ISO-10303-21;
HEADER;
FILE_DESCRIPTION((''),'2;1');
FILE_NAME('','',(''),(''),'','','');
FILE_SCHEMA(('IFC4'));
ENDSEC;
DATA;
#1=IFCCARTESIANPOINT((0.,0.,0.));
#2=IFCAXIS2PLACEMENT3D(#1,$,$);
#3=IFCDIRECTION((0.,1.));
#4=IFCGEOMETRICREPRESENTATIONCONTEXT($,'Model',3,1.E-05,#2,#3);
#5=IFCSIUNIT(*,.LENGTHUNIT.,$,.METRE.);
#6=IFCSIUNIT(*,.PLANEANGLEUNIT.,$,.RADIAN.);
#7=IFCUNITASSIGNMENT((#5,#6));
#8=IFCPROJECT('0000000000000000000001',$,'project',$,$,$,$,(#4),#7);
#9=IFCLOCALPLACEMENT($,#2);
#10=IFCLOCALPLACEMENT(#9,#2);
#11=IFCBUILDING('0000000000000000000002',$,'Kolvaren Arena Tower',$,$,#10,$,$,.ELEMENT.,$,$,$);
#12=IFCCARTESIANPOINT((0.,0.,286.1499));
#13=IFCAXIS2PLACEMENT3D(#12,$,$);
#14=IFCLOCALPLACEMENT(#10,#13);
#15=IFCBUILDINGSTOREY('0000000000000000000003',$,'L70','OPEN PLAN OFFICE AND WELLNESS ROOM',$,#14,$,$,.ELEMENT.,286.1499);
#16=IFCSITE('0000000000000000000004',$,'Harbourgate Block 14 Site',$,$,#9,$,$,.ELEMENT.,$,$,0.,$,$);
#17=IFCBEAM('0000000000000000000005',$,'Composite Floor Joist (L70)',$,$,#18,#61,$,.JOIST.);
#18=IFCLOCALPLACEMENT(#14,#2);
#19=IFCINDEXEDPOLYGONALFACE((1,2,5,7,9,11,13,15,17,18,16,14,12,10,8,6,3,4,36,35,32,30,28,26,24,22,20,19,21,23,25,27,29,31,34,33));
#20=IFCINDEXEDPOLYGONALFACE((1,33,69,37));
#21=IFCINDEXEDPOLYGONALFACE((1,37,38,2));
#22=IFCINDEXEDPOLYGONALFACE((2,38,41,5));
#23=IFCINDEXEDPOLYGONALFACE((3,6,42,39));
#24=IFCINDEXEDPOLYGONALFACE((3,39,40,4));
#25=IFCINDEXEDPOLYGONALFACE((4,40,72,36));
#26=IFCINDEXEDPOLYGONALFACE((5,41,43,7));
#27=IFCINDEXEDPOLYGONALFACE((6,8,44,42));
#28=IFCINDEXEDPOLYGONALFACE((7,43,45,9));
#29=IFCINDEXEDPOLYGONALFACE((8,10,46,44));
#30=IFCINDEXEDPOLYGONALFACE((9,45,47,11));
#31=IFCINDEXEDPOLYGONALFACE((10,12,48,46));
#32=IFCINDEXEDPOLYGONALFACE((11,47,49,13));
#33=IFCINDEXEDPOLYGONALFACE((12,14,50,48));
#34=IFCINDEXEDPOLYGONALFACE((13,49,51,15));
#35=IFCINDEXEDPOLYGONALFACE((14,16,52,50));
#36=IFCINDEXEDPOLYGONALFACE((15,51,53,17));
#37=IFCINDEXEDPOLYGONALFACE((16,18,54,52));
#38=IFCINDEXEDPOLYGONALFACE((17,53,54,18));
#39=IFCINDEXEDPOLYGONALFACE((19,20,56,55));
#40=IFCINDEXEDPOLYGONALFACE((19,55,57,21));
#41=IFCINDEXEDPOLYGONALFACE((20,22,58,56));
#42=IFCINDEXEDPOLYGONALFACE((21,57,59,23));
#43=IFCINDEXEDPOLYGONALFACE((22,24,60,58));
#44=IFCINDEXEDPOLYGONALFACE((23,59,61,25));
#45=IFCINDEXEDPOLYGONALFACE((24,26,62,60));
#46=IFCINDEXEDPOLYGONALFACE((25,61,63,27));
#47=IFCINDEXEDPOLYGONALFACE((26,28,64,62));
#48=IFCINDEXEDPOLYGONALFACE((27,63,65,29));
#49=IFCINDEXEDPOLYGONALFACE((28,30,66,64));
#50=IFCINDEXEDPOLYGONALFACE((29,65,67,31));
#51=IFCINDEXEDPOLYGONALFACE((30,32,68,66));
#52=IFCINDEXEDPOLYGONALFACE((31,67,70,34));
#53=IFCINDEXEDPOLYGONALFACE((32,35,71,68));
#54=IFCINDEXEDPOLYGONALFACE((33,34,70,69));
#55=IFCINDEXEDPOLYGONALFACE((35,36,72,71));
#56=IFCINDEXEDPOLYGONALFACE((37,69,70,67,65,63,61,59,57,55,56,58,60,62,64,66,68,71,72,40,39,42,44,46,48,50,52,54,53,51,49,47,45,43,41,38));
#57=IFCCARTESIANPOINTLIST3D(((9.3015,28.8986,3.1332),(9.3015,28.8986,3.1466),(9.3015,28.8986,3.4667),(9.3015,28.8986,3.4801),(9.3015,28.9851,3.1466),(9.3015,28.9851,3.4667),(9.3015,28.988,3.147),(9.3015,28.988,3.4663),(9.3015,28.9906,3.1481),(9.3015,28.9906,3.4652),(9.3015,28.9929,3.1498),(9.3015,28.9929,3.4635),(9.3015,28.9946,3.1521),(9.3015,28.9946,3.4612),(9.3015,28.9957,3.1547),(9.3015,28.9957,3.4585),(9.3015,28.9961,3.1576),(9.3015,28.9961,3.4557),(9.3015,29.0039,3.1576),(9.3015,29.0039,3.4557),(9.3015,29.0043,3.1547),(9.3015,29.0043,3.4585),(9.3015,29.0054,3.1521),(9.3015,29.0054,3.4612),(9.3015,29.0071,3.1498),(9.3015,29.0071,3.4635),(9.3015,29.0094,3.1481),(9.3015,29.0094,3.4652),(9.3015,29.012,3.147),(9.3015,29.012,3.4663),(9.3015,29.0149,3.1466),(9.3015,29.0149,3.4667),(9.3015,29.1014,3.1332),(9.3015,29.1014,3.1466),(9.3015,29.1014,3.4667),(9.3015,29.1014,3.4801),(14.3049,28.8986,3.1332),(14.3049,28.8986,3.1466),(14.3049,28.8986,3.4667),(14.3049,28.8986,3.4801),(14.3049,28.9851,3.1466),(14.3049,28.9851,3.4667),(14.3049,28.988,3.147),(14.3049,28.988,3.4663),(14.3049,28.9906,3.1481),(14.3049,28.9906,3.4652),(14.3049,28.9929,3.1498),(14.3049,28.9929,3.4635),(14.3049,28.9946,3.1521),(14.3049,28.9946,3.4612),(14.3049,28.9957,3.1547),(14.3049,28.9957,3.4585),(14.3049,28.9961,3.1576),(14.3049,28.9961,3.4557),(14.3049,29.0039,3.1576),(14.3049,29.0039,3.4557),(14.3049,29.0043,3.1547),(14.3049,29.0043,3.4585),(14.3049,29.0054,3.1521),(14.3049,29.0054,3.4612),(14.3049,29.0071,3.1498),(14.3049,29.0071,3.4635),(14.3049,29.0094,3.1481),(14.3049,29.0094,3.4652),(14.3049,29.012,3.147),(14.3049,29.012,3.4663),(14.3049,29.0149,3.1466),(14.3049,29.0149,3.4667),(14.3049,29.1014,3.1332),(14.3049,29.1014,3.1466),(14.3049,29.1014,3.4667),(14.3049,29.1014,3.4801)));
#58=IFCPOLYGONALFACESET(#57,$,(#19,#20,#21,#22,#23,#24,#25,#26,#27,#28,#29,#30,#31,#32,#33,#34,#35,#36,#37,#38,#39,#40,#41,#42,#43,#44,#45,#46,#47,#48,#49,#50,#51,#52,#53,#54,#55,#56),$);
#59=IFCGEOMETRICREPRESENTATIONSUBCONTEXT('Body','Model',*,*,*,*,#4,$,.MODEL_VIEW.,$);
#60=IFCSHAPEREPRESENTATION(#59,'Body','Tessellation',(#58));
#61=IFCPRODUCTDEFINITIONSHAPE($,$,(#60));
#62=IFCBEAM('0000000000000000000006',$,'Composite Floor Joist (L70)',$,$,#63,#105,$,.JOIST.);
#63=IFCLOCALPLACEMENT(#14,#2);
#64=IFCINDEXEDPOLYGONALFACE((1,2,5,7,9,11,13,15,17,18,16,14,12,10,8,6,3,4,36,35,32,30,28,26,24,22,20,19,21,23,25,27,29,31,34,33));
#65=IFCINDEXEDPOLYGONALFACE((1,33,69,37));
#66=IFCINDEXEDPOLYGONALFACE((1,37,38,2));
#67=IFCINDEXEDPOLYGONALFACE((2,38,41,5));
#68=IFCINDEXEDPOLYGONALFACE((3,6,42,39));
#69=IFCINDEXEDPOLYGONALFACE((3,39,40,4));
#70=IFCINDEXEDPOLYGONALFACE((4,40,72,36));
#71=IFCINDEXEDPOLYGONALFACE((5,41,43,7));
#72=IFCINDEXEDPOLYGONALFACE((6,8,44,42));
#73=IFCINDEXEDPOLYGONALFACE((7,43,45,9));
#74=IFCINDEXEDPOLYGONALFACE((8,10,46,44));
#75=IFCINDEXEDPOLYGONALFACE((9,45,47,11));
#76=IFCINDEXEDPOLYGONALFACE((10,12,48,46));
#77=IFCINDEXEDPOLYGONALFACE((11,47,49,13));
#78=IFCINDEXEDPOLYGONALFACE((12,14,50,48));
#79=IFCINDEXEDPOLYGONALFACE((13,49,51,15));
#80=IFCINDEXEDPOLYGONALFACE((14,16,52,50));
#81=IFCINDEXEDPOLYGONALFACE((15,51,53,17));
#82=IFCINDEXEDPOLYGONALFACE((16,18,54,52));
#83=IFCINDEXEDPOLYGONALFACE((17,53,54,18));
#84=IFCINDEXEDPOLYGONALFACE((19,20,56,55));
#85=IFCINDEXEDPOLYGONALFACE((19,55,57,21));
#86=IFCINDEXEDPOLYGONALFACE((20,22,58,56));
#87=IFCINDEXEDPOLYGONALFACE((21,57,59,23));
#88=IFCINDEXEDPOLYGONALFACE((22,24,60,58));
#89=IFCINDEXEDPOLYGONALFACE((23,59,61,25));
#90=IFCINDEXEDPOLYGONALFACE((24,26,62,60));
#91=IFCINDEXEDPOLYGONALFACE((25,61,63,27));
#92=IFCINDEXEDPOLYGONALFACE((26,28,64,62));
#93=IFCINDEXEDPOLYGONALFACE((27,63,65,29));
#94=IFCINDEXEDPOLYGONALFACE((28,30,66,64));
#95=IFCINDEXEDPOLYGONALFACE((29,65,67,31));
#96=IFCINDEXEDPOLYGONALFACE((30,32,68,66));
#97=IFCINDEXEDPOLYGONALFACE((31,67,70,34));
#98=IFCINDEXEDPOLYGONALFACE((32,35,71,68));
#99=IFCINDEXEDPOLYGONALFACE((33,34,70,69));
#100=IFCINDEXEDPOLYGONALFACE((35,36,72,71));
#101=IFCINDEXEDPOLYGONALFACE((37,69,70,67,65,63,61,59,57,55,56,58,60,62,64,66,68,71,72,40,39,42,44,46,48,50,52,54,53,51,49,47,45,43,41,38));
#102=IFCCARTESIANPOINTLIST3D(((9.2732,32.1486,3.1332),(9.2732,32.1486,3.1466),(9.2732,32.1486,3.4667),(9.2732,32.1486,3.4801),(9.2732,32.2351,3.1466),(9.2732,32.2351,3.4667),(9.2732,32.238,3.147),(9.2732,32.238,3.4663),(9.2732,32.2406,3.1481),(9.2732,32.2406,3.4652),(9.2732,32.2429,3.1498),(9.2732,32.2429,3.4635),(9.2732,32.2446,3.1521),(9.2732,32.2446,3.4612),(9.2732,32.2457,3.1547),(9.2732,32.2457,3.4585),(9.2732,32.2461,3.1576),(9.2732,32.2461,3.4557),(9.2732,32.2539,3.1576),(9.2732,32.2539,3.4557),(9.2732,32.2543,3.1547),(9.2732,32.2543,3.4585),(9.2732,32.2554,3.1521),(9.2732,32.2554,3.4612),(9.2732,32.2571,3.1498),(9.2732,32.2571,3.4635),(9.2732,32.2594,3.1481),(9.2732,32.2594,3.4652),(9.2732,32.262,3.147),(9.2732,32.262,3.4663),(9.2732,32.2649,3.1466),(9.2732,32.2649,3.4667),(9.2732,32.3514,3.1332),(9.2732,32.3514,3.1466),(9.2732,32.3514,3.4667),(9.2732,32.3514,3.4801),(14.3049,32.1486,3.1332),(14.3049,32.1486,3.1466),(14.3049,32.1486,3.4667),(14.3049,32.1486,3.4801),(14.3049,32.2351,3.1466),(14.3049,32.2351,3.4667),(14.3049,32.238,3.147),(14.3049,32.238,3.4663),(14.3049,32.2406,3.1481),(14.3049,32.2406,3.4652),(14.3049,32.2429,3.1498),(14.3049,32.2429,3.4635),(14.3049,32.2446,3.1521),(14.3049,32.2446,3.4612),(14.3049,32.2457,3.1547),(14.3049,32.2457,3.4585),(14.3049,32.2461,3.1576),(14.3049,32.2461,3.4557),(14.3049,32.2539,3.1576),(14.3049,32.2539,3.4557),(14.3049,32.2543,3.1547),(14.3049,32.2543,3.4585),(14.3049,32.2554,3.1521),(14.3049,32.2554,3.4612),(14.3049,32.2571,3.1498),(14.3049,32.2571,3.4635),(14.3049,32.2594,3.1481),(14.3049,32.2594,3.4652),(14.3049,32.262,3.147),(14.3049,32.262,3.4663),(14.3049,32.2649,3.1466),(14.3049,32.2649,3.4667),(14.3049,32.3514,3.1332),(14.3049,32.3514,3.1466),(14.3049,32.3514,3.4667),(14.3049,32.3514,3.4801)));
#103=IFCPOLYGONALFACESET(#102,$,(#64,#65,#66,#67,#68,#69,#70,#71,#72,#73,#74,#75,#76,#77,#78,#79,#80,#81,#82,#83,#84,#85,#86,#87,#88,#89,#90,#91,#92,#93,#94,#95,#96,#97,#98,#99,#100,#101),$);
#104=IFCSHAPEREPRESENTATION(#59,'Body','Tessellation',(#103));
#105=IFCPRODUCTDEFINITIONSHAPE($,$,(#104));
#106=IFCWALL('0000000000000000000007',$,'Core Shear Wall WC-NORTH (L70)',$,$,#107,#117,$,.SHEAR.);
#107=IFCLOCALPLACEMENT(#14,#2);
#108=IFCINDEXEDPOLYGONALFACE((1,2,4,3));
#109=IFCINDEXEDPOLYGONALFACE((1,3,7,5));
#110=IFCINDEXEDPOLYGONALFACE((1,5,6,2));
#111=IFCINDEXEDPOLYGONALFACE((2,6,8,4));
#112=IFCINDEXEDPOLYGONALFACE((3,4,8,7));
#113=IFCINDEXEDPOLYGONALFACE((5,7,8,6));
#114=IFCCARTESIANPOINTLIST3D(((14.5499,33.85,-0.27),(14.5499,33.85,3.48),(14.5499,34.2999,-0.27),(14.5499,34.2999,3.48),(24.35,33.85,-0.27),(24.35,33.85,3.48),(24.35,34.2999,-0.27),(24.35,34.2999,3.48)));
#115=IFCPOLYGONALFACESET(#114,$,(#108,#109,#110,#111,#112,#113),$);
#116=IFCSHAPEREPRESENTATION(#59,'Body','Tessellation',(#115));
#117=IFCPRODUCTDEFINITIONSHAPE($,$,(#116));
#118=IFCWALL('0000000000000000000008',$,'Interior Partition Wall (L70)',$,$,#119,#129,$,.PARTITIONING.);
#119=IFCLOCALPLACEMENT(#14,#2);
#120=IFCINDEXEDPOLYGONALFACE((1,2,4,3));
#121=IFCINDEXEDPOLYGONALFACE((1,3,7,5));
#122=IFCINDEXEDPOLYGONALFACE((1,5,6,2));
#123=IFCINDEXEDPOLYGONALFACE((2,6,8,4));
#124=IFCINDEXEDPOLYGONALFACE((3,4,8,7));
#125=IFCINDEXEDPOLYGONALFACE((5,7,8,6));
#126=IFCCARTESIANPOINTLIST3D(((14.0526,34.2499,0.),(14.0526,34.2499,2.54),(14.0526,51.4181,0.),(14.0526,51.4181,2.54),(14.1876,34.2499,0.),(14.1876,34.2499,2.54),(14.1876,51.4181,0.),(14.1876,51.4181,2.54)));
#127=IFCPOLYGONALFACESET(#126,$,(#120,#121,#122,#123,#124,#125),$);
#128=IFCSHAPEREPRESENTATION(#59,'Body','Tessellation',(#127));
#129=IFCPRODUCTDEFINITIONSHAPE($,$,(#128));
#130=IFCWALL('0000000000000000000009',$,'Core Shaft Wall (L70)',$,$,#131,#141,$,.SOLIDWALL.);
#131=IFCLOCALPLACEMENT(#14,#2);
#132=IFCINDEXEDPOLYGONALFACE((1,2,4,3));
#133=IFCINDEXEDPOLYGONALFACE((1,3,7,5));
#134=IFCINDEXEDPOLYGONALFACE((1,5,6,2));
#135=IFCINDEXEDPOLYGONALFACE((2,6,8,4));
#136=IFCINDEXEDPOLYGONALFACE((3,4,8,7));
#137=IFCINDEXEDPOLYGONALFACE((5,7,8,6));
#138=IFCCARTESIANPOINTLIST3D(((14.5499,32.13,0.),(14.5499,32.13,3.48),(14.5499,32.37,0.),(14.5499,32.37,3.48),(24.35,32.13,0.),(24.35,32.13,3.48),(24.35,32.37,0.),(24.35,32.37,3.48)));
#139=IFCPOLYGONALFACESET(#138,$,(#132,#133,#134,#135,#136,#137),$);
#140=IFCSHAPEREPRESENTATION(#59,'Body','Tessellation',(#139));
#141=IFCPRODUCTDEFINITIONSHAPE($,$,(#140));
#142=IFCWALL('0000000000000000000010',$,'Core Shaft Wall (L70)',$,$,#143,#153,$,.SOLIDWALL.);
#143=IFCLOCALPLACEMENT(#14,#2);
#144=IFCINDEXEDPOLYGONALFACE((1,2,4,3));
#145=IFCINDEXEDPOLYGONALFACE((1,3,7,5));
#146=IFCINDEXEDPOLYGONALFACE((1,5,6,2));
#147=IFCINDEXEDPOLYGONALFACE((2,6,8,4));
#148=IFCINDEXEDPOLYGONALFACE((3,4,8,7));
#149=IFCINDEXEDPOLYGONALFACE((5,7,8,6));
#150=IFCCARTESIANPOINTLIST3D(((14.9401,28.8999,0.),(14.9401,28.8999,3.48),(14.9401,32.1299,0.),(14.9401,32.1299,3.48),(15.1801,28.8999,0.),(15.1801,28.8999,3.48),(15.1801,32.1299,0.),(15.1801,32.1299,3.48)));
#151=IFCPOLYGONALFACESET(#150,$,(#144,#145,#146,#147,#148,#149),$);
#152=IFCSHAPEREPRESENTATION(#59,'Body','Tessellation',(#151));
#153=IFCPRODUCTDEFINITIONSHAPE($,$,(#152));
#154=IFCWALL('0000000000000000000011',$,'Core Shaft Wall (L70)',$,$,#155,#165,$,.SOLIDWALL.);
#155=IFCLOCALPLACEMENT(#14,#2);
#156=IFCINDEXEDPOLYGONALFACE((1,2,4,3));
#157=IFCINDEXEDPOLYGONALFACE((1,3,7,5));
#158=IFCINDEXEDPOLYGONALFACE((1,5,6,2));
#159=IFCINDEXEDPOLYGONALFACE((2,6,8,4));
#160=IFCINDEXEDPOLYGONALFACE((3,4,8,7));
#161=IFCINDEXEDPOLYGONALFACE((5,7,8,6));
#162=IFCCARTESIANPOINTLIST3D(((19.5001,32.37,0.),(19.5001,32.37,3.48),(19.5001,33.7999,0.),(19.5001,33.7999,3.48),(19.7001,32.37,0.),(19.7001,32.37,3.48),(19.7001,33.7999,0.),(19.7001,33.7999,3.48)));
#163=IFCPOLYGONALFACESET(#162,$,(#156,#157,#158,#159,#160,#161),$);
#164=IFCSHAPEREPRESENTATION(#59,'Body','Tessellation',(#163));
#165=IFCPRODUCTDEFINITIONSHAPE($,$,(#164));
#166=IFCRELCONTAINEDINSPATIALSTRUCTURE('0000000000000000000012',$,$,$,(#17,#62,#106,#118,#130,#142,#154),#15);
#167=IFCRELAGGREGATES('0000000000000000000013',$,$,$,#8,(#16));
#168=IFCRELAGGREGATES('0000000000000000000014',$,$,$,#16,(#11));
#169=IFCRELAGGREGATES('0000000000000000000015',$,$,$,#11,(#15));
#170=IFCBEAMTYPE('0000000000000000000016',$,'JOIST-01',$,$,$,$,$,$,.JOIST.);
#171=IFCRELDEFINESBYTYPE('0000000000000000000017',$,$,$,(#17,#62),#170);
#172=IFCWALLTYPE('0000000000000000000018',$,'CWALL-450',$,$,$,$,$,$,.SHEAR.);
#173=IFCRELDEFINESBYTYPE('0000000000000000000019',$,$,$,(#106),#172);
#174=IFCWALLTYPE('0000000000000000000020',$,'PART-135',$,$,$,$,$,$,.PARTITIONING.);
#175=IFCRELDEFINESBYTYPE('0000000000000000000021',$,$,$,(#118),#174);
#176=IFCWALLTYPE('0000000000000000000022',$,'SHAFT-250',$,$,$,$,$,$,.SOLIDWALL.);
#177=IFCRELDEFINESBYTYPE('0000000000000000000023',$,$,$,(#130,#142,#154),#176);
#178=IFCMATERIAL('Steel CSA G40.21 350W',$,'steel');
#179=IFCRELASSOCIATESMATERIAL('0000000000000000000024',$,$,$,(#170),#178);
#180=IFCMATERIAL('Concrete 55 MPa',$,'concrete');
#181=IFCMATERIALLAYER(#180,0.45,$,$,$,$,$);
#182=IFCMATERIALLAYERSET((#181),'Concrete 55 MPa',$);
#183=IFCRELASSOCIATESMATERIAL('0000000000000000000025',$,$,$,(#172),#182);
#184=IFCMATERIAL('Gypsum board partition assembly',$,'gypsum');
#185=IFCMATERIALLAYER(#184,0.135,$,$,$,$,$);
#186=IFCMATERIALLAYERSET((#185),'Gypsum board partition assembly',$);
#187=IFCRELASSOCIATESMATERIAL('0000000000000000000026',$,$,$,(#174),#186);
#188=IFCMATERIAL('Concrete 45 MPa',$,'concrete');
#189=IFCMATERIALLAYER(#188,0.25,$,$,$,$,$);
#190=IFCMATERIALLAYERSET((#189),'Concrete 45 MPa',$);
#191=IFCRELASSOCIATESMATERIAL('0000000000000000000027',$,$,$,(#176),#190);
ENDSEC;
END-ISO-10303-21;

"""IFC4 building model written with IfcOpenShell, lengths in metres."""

from ifc_helpers import new_model, si_unit, direction, frame, frame_2d, origin, origin_2d, place, context, subcontext, project, spatial, rectangle, i_section, extrude, material, layer, layer_set, material_profile, profile_set, type_object, element, save


model = new_model("IFC4")

# Units and contexts
model_context = context("Model", 3, precision=1e-05, world=origin(), true_north=direction((0.0, 1.0)))
body_context = subcontext(model_context, "Body", "Model", "MODEL_VIEW")
ifc_project = project(units=[si_unit("LENGTHUNIT", "METRE"), si_unit("PLANEANGLEUNIT", "RADIAN")], contexts=[model_context])

# Site, building, storey
site_placement = place(None, origin())
site = spatial("IfcSite", under=ifc_project, at=site_placement, Name="Harbourgate Block 14 Site", CompositionType="ELEMENT", RefElevation=0.0)
building_placement = place(site_placement, origin())
building = spatial("IfcBuilding", under=site, at=building_placement, Name="Kolvaren Arena Tower", CompositionType="ELEMENT")
storey_placement = place(building_placement, frame((0.0, 0.0, 286.1499)))
storey = spatial("IfcBuildingStorey", under=building, at=storey_placement, Name="L70", Description="OPEN PLAN OFFICE AND WELLNESS ROOM", CompositionType="ELEMENT", Elevation=286.1499)

# Beams
ifc_material_1 = material(Name="Steel CSA G40.21 350W", Category="steel")
ifc_material_profile_1 = material_profile(ifc_material_1, i_section(OverallWidth=0.2029, OverallDepth=0.3469, WebThickness=0.0078, FlangeThickness=0.0134, FilletRadius=0.011, at=origin_2d()), Name="W360x64")
ifc_profile_set_1 = profile_set([ifc_material_profile_1], Name="Steel CSA G40.21 350W")
beam_type_1 = type_object("IfcBeamType", Name="JOIST-01", PredefinedType="JOIST", material=ifc_profile_set_1)
beam_1_placement = place(storey_placement, frame((9.3015, 29.0, 3.3066), z_axis=(1.0, 0.0, 0.0), x_axis=(0.0, 1.0, 0.0)))
element("IfcBeam", 1, at=beam_1_placement, inside=storey, type_object=beam_type_1, Name="Composite Floor Joist (L70)", PredefinedType="JOIST", context=body_context, shape_type="SweptSolid", body=[
    extrude(i_section(OverallWidth=0.2029, OverallDepth=0.3469, WebThickness=0.0078, FlangeThickness=0.0134, FilletRadius=0.011, at=origin_2d()), origin(), (0.0, 0.0, 1.0), 5.0034),
])
beam_2_placement = place(storey_placement, frame((9.2732, 32.25, 3.3066), z_axis=(1.0, 0.0, 0.0), x_axis=(0.0, 1.0, 0.0)))
element("IfcBeam", 2, at=beam_2_placement, inside=storey, type_object=beam_type_1, Name="Composite Floor Joist (L70)", PredefinedType="JOIST", context=body_context, shape_type="SweptSolid", body=[
    extrude(i_section(OverallWidth=0.2029, OverallDepth=0.3469, WebThickness=0.0078, FlangeThickness=0.0134, FilletRadius=0.011, at=origin_2d()), origin(), (0.0, 0.0, 1.0), 5.0317),
])

# Walls
ifc_material_2 = material(Name="Concrete 55 MPa", Category="concrete")
ifc_layer_1 = layer(ifc_material_2, 0.45)
ifc_layer_set_1 = layer_set([ifc_layer_1], Name="Concrete 55 MPa")
wall_type_1 = type_object("IfcWallType", Name="CWALL-450", PredefinedType="SHEAR", material=ifc_layer_set_1)
wall_1_placement = place(storey_placement, frame((14.55, 34.075, -0.27), z_axis=(0.0, 0.0, 1.0), x_axis=(1.0, 0.0, 0.0)))
element("IfcWall", 3, at=wall_1_placement, inside=storey, type_object=wall_type_1, Name="Core Shear Wall WC-NORTH (L70)", PredefinedType="SHEAR", context=body_context, shape_type="SweptSolid", body=[
    extrude(rectangle(XDim=9.8, YDim=0.45, at=frame_2d((4.8999, 0.0))), origin(), (0.0, 0.0, 1.0), 3.75),
])
ifc_material_3 = material(Name="Gypsum board partition assembly", Category="gypsum")
ifc_layer_2 = layer(ifc_material_3, 0.135)
ifc_layer_set_2 = layer_set([ifc_layer_2], Name="Gypsum board partition assembly")
wall_type_2 = type_object("IfcWallType", Name="PART-135", PredefinedType="PARTITIONING", material=ifc_layer_set_2)
wall_2_placement = place(storey_placement, frame((14.1201, 34.25, 0.0), z_axis=(0.0, 0.0, 1.0), x_axis=(0.0, 1.0, 0.0)))
element("IfcWall", 4, at=wall_2_placement, inside=storey, type_object=wall_type_2, Name="Interior Partition Wall (L70)", PredefinedType="PARTITIONING", context=body_context, shape_type="SweptSolid", body=[
    extrude(rectangle(XDim=17.1682, YDim=0.135, at=frame_2d((8.584, 0.0))), origin(), (0.0, 0.0, 1.0), 2.54),
])
ifc_material_4 = material(Name="Concrete 45 MPa", Category="concrete")
ifc_layer_3 = layer(ifc_material_4, 0.25)
ifc_layer_set_3 = layer_set([ifc_layer_3], Name="Concrete 45 MPa")
wall_type_3 = type_object("IfcWallType", Name="SHAFT-250", PredefinedType="SOLIDWALL", material=ifc_layer_set_3)
wall_3_placement = place(storey_placement, frame((14.55, 32.25, 0.0), z_axis=(0.0, 0.0, 1.0), x_axis=(1.0, 0.0, 0.0)))
element("IfcWall", 5, at=wall_3_placement, inside=storey, type_object=wall_type_3, Name="Core Shaft Wall (L70)", PredefinedType="SOLIDWALL", context=body_context, shape_type="SweptSolid", body=[
    extrude(rectangle(XDim=9.8, YDim=0.24, at=frame_2d((4.8999, 0.0))), origin(), (0.0, 0.0, 1.0), 3.48),
])
wall_4_placement = place(storey_placement, frame((15.0601, 28.8999, 0.0), z_axis=(0.0, 0.0, 1.0), x_axis=(0.0, 1.0, 0.0)))
element("IfcWall", 6, at=wall_4_placement, inside=storey, type_object=wall_type_3, Name="Core Shaft Wall (L70)", PredefinedType="SOLIDWALL", context=body_context, shape_type="SweptSolid", body=[
    extrude(rectangle(XDim=3.23, YDim=0.24, at=frame_2d((1.615, 0.0))), origin(), (0.0, 0.0, 1.0), 3.48),
])
wall_5_placement = place(storey_placement, frame((19.6001, 32.3701, 0.0), z_axis=(0.0, 0.0, 1.0), x_axis=(0.0, 1.0, 0.0)))
element("IfcWall", 7, at=wall_5_placement, inside=storey, type_object=wall_type_3, Name="Core Shaft Wall (L70)", PredefinedType="SOLIDWALL", context=body_context, shape_type="SweptSolid", body=[
    extrude(rectangle(XDim=1.4299, YDim=0.2, at=frame_2d((0.7148, 0.0))), origin(), (0.0, 0.0, 1.0), 3.48),
])

save(model, "model.ifc")
